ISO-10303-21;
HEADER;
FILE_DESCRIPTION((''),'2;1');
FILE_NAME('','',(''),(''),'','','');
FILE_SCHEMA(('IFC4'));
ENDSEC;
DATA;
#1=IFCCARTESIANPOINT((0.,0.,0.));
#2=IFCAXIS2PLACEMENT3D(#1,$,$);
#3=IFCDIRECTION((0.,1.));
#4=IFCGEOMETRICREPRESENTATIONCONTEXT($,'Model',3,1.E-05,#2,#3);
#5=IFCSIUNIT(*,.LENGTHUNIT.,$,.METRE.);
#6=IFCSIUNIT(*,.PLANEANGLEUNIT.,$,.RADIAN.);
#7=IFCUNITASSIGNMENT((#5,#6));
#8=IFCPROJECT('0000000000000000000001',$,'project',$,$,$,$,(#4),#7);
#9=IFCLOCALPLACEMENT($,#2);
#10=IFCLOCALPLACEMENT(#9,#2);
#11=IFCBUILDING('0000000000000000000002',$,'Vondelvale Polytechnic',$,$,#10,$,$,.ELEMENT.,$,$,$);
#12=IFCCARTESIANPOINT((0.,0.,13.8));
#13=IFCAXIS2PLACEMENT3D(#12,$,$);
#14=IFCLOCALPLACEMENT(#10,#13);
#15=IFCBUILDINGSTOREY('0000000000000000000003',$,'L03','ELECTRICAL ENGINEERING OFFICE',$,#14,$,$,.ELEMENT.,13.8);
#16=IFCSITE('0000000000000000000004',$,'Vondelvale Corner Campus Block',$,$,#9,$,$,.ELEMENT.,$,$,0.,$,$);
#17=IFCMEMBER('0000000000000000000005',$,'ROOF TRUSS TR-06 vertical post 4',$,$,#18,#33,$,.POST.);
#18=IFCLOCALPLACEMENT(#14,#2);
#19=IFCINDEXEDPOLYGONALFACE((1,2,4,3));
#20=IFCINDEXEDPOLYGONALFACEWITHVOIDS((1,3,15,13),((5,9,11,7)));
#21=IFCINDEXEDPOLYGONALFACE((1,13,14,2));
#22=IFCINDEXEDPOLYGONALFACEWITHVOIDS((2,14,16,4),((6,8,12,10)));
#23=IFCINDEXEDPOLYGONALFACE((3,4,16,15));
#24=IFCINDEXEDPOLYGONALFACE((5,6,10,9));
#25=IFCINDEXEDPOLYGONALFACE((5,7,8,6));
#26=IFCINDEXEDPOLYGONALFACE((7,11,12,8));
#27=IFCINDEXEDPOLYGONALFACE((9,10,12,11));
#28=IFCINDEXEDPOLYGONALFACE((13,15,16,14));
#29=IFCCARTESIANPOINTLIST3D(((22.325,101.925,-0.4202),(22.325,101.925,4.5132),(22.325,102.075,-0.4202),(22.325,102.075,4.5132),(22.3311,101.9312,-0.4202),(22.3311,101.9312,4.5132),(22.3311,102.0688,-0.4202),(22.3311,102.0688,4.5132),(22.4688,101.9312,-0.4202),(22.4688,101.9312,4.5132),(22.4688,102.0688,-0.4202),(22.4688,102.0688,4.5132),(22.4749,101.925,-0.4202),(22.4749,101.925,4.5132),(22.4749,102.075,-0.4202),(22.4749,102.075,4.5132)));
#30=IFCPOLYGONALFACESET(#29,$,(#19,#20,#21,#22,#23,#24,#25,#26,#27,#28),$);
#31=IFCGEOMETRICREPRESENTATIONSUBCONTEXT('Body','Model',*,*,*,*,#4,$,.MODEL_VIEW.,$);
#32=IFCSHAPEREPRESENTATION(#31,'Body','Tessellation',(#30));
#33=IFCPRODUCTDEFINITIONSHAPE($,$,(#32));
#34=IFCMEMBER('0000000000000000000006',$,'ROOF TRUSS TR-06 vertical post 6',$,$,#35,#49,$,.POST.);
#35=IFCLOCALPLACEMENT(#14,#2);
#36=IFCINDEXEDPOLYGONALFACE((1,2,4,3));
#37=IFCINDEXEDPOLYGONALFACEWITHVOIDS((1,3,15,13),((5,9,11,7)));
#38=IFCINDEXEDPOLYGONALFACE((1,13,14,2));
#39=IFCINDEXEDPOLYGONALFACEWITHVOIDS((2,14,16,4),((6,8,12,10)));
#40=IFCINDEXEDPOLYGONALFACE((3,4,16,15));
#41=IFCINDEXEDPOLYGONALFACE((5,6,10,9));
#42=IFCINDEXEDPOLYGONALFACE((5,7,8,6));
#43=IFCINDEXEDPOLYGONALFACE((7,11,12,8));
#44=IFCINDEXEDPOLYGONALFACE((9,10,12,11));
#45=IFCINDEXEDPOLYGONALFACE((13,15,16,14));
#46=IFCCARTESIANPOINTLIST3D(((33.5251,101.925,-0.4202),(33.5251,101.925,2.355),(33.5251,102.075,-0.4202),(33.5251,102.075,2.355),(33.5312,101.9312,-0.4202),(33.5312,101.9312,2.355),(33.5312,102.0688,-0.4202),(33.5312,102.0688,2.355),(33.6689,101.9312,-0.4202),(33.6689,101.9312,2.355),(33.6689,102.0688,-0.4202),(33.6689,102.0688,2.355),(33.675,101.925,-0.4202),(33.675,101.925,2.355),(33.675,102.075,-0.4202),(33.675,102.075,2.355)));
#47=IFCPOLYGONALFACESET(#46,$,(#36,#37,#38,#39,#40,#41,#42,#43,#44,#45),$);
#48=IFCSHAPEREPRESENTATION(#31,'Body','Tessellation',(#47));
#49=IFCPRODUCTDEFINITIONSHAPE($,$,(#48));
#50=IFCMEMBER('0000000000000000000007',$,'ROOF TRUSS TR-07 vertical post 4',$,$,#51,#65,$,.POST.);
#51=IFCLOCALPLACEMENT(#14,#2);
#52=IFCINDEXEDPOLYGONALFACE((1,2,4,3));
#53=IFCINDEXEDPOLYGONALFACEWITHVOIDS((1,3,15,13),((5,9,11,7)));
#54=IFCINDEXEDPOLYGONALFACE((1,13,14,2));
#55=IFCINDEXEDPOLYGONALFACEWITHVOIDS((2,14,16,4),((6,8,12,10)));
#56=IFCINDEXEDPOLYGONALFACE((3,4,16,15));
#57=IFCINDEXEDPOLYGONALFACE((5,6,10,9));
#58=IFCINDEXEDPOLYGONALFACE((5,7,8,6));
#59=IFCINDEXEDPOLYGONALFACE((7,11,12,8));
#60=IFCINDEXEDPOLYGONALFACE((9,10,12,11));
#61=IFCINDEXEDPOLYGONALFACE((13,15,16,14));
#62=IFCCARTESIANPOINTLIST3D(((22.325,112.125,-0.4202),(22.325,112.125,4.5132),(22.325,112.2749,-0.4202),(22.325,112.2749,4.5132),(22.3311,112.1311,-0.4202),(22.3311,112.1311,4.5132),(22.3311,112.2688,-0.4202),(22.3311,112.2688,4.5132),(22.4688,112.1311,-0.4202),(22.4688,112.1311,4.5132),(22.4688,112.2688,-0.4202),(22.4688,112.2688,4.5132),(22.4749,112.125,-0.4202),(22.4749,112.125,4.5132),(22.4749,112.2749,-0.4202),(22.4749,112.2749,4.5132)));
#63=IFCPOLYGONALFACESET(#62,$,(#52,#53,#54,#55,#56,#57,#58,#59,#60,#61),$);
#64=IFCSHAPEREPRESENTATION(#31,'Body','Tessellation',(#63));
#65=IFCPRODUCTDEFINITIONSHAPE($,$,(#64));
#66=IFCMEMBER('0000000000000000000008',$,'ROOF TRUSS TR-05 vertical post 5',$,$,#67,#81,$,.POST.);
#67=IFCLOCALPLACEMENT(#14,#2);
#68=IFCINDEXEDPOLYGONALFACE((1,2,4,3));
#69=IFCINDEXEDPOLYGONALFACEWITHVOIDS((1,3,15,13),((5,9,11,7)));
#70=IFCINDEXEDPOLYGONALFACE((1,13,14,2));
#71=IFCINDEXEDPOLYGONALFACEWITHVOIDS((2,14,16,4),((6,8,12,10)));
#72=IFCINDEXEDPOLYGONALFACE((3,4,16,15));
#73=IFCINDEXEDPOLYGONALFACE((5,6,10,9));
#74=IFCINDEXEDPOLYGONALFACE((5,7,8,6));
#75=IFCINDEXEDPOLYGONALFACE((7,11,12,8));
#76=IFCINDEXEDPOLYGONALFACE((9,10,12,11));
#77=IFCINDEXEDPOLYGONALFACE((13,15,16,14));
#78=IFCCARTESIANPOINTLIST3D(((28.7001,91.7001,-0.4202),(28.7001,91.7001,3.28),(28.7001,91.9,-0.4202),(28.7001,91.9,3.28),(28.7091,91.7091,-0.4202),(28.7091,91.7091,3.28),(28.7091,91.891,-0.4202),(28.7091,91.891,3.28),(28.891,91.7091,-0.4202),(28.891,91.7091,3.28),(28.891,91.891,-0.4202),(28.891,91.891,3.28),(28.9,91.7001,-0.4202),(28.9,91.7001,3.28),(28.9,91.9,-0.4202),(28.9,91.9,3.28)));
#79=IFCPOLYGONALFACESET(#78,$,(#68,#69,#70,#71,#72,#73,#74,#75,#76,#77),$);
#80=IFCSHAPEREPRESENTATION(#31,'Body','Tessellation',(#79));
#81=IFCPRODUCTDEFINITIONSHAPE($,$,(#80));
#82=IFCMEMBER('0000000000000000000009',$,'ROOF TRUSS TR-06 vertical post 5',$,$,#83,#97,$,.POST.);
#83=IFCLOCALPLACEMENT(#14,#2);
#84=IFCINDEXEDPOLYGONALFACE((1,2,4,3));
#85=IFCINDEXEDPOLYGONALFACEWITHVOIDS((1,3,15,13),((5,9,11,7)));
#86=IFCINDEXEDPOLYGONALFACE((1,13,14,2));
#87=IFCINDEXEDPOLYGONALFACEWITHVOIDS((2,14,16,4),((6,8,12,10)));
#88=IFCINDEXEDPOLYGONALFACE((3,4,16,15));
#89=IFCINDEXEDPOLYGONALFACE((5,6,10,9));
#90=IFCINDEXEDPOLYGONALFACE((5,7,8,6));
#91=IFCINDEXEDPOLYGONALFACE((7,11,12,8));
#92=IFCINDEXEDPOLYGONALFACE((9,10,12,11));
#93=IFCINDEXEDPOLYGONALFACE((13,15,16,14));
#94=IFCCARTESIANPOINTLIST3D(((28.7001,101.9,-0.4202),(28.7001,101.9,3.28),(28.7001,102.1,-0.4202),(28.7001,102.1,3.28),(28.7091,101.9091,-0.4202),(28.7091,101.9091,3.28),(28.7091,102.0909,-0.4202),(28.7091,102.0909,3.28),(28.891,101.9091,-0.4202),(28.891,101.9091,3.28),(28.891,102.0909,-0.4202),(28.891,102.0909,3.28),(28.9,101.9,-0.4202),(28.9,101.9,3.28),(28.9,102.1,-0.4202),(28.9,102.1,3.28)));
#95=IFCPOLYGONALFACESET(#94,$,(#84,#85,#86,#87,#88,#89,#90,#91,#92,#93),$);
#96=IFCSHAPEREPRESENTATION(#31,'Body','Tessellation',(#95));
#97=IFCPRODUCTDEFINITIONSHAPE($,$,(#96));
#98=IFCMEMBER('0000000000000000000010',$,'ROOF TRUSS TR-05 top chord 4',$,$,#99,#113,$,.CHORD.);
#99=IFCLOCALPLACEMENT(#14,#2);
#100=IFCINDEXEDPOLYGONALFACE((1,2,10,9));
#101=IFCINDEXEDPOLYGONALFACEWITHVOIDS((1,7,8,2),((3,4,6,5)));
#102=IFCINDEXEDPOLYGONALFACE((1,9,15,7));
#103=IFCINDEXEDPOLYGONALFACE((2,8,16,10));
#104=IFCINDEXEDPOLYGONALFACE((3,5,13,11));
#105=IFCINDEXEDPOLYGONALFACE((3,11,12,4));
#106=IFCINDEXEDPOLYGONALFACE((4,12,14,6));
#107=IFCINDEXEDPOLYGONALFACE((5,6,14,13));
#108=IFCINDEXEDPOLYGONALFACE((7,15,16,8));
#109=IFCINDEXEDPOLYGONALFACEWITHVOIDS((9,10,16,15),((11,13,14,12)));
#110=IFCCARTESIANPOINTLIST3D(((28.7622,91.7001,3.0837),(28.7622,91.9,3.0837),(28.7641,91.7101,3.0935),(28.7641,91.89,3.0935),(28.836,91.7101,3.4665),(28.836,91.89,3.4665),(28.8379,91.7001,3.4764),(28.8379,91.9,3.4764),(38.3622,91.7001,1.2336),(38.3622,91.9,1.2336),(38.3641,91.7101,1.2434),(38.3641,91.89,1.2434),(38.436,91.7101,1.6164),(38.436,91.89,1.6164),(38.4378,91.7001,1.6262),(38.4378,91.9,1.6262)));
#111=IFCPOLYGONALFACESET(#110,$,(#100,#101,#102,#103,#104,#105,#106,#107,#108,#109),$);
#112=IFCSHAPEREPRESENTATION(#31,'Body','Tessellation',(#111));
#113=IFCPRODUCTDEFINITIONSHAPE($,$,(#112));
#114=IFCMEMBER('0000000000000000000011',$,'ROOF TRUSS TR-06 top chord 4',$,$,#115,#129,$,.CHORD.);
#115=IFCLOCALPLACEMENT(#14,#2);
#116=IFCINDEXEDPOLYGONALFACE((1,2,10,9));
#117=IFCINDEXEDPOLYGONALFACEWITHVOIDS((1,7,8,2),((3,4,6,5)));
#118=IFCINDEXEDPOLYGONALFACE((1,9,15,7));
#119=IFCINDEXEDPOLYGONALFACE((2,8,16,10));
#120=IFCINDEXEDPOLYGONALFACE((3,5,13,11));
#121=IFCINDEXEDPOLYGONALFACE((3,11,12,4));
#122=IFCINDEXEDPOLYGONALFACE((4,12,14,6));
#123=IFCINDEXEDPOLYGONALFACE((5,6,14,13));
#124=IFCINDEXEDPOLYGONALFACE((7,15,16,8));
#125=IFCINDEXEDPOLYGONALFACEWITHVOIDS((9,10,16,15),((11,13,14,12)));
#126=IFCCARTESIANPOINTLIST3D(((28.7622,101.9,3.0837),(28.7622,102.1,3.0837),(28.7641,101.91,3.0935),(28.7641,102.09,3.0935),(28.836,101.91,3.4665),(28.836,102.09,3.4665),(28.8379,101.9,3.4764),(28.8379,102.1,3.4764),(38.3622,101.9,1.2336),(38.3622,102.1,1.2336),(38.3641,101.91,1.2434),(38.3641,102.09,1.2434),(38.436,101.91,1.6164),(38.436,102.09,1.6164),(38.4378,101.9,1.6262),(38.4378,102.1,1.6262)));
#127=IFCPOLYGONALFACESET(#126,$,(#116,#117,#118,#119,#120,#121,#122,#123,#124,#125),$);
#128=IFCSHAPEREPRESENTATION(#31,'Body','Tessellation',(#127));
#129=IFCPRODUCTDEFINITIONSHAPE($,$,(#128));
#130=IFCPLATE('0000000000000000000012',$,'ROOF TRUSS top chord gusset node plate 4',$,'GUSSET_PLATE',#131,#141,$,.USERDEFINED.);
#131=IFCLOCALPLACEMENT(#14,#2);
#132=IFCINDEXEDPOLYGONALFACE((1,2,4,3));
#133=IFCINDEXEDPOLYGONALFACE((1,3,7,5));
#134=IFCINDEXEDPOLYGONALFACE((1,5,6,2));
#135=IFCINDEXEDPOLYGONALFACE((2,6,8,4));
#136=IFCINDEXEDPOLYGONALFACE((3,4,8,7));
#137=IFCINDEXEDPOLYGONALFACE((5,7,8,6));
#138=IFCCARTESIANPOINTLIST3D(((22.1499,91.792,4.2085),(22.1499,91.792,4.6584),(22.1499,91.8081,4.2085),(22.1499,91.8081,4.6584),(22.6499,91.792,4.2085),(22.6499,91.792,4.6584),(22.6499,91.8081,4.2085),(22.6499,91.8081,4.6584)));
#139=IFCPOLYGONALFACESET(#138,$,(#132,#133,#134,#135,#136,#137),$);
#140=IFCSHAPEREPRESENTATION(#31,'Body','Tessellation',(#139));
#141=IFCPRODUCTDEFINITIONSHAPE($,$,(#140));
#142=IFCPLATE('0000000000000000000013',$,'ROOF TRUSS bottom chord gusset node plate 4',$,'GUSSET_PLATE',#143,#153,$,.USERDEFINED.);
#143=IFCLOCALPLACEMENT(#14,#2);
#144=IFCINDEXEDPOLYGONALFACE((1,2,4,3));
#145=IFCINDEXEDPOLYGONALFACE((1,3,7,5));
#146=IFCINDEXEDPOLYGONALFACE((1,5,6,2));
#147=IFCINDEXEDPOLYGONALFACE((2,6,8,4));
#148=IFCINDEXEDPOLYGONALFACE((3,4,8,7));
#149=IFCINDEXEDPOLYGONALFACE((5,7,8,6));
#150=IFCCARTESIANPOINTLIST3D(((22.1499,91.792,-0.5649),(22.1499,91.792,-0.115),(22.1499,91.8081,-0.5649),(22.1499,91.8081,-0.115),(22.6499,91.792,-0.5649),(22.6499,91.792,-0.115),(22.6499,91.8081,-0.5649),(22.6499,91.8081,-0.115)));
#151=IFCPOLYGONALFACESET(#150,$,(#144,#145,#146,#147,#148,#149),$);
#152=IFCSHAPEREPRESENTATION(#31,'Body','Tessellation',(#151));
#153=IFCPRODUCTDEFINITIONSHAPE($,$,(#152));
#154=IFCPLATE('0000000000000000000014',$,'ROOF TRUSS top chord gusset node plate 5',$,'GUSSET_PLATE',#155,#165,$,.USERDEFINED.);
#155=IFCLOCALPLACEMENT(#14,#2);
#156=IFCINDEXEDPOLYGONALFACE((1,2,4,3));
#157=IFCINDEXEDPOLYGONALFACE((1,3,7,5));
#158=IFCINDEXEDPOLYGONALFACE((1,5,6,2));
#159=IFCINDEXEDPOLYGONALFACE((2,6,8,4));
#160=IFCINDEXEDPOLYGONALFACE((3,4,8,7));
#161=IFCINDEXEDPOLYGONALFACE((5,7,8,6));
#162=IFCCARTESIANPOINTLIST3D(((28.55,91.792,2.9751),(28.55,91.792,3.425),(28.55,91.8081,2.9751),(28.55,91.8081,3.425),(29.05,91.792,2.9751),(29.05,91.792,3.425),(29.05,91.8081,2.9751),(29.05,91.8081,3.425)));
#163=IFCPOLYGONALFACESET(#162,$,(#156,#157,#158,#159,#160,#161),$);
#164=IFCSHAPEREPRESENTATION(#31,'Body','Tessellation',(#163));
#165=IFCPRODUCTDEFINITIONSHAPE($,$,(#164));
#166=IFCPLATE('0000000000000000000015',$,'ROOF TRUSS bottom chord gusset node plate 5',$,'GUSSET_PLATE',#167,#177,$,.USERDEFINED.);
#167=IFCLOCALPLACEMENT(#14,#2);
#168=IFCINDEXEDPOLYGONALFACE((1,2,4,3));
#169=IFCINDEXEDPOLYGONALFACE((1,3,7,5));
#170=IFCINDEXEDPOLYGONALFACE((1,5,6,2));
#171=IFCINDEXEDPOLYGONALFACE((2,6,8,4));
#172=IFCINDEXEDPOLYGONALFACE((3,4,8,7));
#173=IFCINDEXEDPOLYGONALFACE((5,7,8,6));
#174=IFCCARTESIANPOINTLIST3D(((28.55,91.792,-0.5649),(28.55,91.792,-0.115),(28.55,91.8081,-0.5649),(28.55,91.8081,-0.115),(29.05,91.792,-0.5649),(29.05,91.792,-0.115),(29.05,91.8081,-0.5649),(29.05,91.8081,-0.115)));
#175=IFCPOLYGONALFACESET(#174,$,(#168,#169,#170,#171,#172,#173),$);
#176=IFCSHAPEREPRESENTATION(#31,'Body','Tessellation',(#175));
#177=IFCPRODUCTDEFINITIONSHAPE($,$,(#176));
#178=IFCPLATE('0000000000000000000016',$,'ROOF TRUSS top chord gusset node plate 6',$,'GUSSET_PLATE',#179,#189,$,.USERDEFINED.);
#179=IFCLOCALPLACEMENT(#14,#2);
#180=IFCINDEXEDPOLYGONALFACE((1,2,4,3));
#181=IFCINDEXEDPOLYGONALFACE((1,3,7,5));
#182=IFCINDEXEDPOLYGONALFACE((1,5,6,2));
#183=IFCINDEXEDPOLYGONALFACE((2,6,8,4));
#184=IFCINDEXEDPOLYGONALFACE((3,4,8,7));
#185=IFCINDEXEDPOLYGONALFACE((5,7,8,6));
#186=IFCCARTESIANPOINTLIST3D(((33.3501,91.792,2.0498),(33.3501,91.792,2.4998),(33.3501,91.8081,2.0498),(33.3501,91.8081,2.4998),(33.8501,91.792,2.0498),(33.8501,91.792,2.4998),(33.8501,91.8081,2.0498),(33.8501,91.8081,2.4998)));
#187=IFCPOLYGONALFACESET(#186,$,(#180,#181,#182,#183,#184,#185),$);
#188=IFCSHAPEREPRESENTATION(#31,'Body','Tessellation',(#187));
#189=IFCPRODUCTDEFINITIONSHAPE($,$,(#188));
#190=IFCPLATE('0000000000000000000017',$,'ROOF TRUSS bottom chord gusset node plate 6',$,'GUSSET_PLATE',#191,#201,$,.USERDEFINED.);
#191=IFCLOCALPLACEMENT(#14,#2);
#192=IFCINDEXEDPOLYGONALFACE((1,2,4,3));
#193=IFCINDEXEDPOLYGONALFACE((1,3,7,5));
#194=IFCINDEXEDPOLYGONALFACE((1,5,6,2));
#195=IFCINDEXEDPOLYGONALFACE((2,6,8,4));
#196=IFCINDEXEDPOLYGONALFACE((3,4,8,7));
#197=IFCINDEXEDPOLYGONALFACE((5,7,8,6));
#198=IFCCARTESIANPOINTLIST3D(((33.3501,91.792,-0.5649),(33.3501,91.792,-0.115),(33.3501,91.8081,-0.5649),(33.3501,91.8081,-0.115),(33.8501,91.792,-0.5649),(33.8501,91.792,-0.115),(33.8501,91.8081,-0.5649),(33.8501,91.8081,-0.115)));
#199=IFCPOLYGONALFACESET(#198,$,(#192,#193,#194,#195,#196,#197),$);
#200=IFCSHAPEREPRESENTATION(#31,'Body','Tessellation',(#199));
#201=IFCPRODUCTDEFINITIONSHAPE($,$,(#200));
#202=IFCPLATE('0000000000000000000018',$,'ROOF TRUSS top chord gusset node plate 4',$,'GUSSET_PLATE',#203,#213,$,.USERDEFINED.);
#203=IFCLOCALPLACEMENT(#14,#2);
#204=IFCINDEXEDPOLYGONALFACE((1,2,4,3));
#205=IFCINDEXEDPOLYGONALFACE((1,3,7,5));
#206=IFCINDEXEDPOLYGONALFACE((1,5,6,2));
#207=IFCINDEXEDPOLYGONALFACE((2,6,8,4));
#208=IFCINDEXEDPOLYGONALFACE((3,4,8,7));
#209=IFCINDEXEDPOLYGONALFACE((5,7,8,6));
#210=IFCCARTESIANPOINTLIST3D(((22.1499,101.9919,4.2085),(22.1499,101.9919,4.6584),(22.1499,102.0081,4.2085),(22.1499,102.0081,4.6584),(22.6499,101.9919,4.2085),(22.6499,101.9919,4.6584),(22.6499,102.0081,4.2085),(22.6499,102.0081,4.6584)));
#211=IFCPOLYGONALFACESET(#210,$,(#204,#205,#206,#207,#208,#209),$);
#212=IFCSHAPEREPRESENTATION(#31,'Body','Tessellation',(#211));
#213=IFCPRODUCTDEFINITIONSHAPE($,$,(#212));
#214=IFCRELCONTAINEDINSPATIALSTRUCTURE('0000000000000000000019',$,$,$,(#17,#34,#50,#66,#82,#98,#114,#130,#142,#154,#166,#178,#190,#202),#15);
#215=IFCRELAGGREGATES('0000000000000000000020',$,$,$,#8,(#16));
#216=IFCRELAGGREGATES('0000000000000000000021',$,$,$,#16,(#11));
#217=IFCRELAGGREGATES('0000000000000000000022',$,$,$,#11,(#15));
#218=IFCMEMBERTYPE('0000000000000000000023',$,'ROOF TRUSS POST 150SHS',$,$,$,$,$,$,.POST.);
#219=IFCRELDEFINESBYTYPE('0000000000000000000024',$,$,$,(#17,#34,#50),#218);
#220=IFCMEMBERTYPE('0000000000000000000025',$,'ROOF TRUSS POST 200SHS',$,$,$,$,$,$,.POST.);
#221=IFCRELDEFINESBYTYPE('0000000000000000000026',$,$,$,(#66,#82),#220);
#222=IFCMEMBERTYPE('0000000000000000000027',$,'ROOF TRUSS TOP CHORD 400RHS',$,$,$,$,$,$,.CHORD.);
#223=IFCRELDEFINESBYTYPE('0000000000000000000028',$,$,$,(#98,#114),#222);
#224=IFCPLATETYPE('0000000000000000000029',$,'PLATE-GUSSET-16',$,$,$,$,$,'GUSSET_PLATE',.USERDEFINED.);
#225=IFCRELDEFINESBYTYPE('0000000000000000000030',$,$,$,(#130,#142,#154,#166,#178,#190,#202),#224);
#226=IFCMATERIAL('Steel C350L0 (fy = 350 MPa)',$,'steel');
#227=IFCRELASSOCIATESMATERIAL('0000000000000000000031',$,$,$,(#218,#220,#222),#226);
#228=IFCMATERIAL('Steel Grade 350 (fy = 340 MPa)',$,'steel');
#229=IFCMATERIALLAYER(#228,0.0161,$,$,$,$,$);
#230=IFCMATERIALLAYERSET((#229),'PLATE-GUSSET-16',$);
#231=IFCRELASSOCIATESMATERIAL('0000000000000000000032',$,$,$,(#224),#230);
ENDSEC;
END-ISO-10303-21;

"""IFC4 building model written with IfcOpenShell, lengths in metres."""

from ifc_helpers import new_model, si_unit, direction, frame, origin, origin_2d, place, context, subcontext, project, spatial, rectangle, hollow_rectangle, extrude, material, layer, layer_set, material_profile, profile_set, type_object, element, save


model = new_model("IFC4")

# Units and contexts
model_context = context("Model", 3, precision=1e-05, world=origin(), true_north=direction((0.0, 1.0)))
body_context = subcontext(model_context, "Body", "Model", "MODEL_VIEW")
ifc_project = project(units=[si_unit("LENGTHUNIT", "METRE"), si_unit("PLANEANGLEUNIT", "RADIAN")], contexts=[model_context])

# Site, building, storey
site_placement = place(None, origin())
site = spatial("IfcSite", under=ifc_project, at=site_placement, Name="Vondelvale Corner Campus Block", CompositionType="ELEMENT", RefElevation=0.0)
building_placement = place(site_placement, origin())
building = spatial("IfcBuilding", under=site, at=building_placement, Name="Vondelvale Polytechnic", CompositionType="ELEMENT")
storey_placement = place(building_placement, frame((0.0, 0.0, 13.8)))
storey = spatial("IfcBuildingStorey", under=building, at=storey_placement, Name="L03", Description="ELECTRICAL ENGINEERING OFFICE", CompositionType="ELEMENT", Elevation=13.8)

# Members
ifc_material_1 = material(Name="Steel C350L0 (fy = 350 MPa)", Category="steel")
ifc_material_profile_1 = material_profile(ifc_material_1, hollow_rectangle(XDim=0.1499, YDim=0.1499, WallThickness=0.0061, at=origin_2d()), Name="150x150x6.0SHS")
ifc_profile_set_1 = profile_set([ifc_material_profile_1], Name="Steel C350L0 (fy = 350 MPa)")
member_type_1 = type_object("IfcMemberType", Name="ROOF TRUSS POST 150SHS", PredefinedType="POST", material=ifc_profile_set_1)
member_1_placement = place(storey_placement, frame((22.3999, 102.0, -0.4202), z_axis=(0.0, 0.0, 1.0), x_axis=(1.0, 0.0, 0.0)))
element("IfcMember", 1, at=member_1_placement, inside=storey, type_object=member_type_1, Name="ROOF TRUSS TR-06 vertical post 4", PredefinedType="POST", context=body_context, shape_type="SweptSolid", body=[
    extrude(hollow_rectangle(XDim=0.1499, YDim=0.1499, WallThickness=0.0061, at=origin_2d()), origin(), (0.0, 0.0, 1.0), 4.9333),
])
member_2_placement = place(storey_placement, frame((33.6001, 102.0, -0.4202), z_axis=(0.0, 0.0, 1.0), x_axis=(1.0, 0.0, 0.0)))
element("IfcMember", 2, at=member_2_placement, inside=storey, type_object=member_type_1, Name="ROOF TRUSS TR-06 vertical post 6", PredefinedType="POST", context=body_context, shape_type="SweptSolid", body=[
    extrude(hollow_rectangle(XDim=0.1499, YDim=0.1499, WallThickness=0.0061, at=origin_2d()), origin(), (0.0, 0.0, 1.0), 2.7751),
])
member_3_placement = place(storey_placement, frame((22.3999, 112.2, -0.4202), z_axis=(0.0, 0.0, 1.0), x_axis=(1.0, 0.0, 0.0)))
element("IfcMember", 3, at=member_3_placement, inside=storey, type_object=member_type_1, Name="ROOF TRUSS TR-07 vertical post 4", PredefinedType="POST", context=body_context, shape_type="SweptSolid", body=[
    extrude(hollow_rectangle(XDim=0.1499, YDim=0.1499, WallThickness=0.0061, at=origin_2d()), origin(), (0.0, 0.0, 1.0), 4.9333),
])
ifc_material_profile_2 = material_profile(ifc_material_1, hollow_rectangle(XDim=0.2, YDim=0.2, WallThickness=0.009, at=origin_2d()), Name="200x200x9.0SHS")
ifc_profile_set_2 = profile_set([ifc_material_profile_2], Name="Steel C350L0 (fy = 350 MPa)")
member_type_2 = type_object("IfcMemberType", Name="ROOF TRUSS POST 200SHS", PredefinedType="POST", material=ifc_profile_set_2)
for number, where, z_axis, x_axis, name in (
    (4, (28.8, 91.8, -0.4202), (0.0, 0.0, 1.0), (1.0, 0.0, 0.0), "ROOF TRUSS TR-05 vertical post 5"),
    (5, (28.8, 102.0, -0.4202), (0.0, 0.0, 1.0), (1.0, 0.0, 0.0), "ROOF TRUSS TR-06 vertical post 5"),
):
    element("IfcMember", number, at=place(storey_placement, frame(where, z_axis=z_axis, x_axis=x_axis)), inside=storey, type_object=member_type_2, Name=name, PredefinedType="POST", context=body_context, shape_type="SweptSolid", body=[
        extrude(hollow_rectangle(XDim=0.2, YDim=0.2, WallThickness=0.009, at=origin_2d()), origin(), (0.0, 0.0, 1.0), 3.7002),
    ])
ifc_material_profile_3 = material_profile(ifc_material_1, hollow_rectangle(XDim=0.2, YDim=0.3999, WallThickness=0.01, at=origin_2d()), Name="400x200x10.0RHS")
ifc_profile_set_3 = profile_set([ifc_material_profile_3], Name="Steel C350L0 (fy = 350 MPa)")
member_type_3 = type_object("IfcMemberType", Name="ROOF TRUSS TOP CHORD 400RHS", PredefinedType="CHORD", material=ifc_profile_set_3)
for number, where, z_axis, x_axis, name in (
    (6, (28.8, 91.8, 3.28), (0.981931, 0.0, -0.189239), (0.0, 1.0, 0.0), "ROOF TRUSS TR-05 top chord 4"),
    (7, (28.8, 102.0, 3.28), (0.981931, 0.0, -0.189239), (0.0, 1.0, 0.0), "ROOF TRUSS TR-06 top chord 4"),
):
    element("IfcMember", number, at=place(storey_placement, frame(where, z_axis=z_axis, x_axis=x_axis)), inside=storey, type_object=member_type_3, Name=name, PredefinedType="CHORD", context=body_context, shape_type="SweptSolid", body=[
        extrude(hollow_rectangle(XDim=0.2, YDim=0.3999, WallThickness=0.01, at=origin_2d()), origin(), (0.0, 0.0, 1.0), 9.7766),
    ])

# Plates
ifc_material_2 = material(Name="Steel Grade 350 (fy = 340 MPa)", Category="steel")
ifc_layer = layer(ifc_material_2, 0.0161)
ifc_layer_set = layer_set([ifc_layer], Name="PLATE-GUSSET-16")
plate_type = type_object("IfcPlateType", Name="PLATE-GUSSET-16", ElementType="GUSSET_PLATE", PredefinedType="USERDEFINED", material=ifc_layer_set)
for number, where, z_axis, x_axis, name in (
    (8, (22.3999, 91.8, 4.2085), (0.0, 0.0, 1.0), (1.0, 0.0, 0.0), "ROOF TRUSS top chord gusset node plate 4"),
    (9, (22.3999, 91.8, -0.5649), (0.0, 0.0, 1.0), (1.0, 0.0, 0.0), "ROOF TRUSS bottom chord gusset node plate 4"),
    (10, (28.8, 91.8, 2.9751), (0.0, 0.0, 1.0), (1.0, 0.0, 0.0), "ROOF TRUSS top chord gusset node plate 5"),
    (11, (28.8, 91.8, -0.5649), (0.0, 0.0, 1.0), (1.0, 0.0, 0.0), "ROOF TRUSS bottom chord gusset node plate 5"),
    (12, (33.6001, 91.8, 2.0498), (0.0, 0.0, 1.0), (1.0, 0.0, 0.0), "ROOF TRUSS top chord gusset node plate 6"),
    (13, (33.6001, 91.8, -0.5649), (0.0, 0.0, 1.0), (1.0, 0.0, 0.0), "ROOF TRUSS bottom chord gusset node plate 6"),
    (14, (22.3999, 102.0, 4.2085), (0.0, 0.0, 1.0), (1.0, 0.0, 0.0), "ROOF TRUSS top chord gusset node plate 4"),
):
    element("IfcPlate", number, at=place(storey_placement, frame(where, z_axis=z_axis, x_axis=x_axis)), inside=storey, type_object=plate_type, Name=name, ObjectType="GUSSET_PLATE", PredefinedType="USERDEFINED", context=body_context, shape_type="SweptSolid", body=[
        extrude(rectangle(XDim=0.5, YDim=0.0161, at=origin_2d()), origin(), (0.0, 0.0, 1.0), 0.45),
    ])

save(model, "model.ifc")
